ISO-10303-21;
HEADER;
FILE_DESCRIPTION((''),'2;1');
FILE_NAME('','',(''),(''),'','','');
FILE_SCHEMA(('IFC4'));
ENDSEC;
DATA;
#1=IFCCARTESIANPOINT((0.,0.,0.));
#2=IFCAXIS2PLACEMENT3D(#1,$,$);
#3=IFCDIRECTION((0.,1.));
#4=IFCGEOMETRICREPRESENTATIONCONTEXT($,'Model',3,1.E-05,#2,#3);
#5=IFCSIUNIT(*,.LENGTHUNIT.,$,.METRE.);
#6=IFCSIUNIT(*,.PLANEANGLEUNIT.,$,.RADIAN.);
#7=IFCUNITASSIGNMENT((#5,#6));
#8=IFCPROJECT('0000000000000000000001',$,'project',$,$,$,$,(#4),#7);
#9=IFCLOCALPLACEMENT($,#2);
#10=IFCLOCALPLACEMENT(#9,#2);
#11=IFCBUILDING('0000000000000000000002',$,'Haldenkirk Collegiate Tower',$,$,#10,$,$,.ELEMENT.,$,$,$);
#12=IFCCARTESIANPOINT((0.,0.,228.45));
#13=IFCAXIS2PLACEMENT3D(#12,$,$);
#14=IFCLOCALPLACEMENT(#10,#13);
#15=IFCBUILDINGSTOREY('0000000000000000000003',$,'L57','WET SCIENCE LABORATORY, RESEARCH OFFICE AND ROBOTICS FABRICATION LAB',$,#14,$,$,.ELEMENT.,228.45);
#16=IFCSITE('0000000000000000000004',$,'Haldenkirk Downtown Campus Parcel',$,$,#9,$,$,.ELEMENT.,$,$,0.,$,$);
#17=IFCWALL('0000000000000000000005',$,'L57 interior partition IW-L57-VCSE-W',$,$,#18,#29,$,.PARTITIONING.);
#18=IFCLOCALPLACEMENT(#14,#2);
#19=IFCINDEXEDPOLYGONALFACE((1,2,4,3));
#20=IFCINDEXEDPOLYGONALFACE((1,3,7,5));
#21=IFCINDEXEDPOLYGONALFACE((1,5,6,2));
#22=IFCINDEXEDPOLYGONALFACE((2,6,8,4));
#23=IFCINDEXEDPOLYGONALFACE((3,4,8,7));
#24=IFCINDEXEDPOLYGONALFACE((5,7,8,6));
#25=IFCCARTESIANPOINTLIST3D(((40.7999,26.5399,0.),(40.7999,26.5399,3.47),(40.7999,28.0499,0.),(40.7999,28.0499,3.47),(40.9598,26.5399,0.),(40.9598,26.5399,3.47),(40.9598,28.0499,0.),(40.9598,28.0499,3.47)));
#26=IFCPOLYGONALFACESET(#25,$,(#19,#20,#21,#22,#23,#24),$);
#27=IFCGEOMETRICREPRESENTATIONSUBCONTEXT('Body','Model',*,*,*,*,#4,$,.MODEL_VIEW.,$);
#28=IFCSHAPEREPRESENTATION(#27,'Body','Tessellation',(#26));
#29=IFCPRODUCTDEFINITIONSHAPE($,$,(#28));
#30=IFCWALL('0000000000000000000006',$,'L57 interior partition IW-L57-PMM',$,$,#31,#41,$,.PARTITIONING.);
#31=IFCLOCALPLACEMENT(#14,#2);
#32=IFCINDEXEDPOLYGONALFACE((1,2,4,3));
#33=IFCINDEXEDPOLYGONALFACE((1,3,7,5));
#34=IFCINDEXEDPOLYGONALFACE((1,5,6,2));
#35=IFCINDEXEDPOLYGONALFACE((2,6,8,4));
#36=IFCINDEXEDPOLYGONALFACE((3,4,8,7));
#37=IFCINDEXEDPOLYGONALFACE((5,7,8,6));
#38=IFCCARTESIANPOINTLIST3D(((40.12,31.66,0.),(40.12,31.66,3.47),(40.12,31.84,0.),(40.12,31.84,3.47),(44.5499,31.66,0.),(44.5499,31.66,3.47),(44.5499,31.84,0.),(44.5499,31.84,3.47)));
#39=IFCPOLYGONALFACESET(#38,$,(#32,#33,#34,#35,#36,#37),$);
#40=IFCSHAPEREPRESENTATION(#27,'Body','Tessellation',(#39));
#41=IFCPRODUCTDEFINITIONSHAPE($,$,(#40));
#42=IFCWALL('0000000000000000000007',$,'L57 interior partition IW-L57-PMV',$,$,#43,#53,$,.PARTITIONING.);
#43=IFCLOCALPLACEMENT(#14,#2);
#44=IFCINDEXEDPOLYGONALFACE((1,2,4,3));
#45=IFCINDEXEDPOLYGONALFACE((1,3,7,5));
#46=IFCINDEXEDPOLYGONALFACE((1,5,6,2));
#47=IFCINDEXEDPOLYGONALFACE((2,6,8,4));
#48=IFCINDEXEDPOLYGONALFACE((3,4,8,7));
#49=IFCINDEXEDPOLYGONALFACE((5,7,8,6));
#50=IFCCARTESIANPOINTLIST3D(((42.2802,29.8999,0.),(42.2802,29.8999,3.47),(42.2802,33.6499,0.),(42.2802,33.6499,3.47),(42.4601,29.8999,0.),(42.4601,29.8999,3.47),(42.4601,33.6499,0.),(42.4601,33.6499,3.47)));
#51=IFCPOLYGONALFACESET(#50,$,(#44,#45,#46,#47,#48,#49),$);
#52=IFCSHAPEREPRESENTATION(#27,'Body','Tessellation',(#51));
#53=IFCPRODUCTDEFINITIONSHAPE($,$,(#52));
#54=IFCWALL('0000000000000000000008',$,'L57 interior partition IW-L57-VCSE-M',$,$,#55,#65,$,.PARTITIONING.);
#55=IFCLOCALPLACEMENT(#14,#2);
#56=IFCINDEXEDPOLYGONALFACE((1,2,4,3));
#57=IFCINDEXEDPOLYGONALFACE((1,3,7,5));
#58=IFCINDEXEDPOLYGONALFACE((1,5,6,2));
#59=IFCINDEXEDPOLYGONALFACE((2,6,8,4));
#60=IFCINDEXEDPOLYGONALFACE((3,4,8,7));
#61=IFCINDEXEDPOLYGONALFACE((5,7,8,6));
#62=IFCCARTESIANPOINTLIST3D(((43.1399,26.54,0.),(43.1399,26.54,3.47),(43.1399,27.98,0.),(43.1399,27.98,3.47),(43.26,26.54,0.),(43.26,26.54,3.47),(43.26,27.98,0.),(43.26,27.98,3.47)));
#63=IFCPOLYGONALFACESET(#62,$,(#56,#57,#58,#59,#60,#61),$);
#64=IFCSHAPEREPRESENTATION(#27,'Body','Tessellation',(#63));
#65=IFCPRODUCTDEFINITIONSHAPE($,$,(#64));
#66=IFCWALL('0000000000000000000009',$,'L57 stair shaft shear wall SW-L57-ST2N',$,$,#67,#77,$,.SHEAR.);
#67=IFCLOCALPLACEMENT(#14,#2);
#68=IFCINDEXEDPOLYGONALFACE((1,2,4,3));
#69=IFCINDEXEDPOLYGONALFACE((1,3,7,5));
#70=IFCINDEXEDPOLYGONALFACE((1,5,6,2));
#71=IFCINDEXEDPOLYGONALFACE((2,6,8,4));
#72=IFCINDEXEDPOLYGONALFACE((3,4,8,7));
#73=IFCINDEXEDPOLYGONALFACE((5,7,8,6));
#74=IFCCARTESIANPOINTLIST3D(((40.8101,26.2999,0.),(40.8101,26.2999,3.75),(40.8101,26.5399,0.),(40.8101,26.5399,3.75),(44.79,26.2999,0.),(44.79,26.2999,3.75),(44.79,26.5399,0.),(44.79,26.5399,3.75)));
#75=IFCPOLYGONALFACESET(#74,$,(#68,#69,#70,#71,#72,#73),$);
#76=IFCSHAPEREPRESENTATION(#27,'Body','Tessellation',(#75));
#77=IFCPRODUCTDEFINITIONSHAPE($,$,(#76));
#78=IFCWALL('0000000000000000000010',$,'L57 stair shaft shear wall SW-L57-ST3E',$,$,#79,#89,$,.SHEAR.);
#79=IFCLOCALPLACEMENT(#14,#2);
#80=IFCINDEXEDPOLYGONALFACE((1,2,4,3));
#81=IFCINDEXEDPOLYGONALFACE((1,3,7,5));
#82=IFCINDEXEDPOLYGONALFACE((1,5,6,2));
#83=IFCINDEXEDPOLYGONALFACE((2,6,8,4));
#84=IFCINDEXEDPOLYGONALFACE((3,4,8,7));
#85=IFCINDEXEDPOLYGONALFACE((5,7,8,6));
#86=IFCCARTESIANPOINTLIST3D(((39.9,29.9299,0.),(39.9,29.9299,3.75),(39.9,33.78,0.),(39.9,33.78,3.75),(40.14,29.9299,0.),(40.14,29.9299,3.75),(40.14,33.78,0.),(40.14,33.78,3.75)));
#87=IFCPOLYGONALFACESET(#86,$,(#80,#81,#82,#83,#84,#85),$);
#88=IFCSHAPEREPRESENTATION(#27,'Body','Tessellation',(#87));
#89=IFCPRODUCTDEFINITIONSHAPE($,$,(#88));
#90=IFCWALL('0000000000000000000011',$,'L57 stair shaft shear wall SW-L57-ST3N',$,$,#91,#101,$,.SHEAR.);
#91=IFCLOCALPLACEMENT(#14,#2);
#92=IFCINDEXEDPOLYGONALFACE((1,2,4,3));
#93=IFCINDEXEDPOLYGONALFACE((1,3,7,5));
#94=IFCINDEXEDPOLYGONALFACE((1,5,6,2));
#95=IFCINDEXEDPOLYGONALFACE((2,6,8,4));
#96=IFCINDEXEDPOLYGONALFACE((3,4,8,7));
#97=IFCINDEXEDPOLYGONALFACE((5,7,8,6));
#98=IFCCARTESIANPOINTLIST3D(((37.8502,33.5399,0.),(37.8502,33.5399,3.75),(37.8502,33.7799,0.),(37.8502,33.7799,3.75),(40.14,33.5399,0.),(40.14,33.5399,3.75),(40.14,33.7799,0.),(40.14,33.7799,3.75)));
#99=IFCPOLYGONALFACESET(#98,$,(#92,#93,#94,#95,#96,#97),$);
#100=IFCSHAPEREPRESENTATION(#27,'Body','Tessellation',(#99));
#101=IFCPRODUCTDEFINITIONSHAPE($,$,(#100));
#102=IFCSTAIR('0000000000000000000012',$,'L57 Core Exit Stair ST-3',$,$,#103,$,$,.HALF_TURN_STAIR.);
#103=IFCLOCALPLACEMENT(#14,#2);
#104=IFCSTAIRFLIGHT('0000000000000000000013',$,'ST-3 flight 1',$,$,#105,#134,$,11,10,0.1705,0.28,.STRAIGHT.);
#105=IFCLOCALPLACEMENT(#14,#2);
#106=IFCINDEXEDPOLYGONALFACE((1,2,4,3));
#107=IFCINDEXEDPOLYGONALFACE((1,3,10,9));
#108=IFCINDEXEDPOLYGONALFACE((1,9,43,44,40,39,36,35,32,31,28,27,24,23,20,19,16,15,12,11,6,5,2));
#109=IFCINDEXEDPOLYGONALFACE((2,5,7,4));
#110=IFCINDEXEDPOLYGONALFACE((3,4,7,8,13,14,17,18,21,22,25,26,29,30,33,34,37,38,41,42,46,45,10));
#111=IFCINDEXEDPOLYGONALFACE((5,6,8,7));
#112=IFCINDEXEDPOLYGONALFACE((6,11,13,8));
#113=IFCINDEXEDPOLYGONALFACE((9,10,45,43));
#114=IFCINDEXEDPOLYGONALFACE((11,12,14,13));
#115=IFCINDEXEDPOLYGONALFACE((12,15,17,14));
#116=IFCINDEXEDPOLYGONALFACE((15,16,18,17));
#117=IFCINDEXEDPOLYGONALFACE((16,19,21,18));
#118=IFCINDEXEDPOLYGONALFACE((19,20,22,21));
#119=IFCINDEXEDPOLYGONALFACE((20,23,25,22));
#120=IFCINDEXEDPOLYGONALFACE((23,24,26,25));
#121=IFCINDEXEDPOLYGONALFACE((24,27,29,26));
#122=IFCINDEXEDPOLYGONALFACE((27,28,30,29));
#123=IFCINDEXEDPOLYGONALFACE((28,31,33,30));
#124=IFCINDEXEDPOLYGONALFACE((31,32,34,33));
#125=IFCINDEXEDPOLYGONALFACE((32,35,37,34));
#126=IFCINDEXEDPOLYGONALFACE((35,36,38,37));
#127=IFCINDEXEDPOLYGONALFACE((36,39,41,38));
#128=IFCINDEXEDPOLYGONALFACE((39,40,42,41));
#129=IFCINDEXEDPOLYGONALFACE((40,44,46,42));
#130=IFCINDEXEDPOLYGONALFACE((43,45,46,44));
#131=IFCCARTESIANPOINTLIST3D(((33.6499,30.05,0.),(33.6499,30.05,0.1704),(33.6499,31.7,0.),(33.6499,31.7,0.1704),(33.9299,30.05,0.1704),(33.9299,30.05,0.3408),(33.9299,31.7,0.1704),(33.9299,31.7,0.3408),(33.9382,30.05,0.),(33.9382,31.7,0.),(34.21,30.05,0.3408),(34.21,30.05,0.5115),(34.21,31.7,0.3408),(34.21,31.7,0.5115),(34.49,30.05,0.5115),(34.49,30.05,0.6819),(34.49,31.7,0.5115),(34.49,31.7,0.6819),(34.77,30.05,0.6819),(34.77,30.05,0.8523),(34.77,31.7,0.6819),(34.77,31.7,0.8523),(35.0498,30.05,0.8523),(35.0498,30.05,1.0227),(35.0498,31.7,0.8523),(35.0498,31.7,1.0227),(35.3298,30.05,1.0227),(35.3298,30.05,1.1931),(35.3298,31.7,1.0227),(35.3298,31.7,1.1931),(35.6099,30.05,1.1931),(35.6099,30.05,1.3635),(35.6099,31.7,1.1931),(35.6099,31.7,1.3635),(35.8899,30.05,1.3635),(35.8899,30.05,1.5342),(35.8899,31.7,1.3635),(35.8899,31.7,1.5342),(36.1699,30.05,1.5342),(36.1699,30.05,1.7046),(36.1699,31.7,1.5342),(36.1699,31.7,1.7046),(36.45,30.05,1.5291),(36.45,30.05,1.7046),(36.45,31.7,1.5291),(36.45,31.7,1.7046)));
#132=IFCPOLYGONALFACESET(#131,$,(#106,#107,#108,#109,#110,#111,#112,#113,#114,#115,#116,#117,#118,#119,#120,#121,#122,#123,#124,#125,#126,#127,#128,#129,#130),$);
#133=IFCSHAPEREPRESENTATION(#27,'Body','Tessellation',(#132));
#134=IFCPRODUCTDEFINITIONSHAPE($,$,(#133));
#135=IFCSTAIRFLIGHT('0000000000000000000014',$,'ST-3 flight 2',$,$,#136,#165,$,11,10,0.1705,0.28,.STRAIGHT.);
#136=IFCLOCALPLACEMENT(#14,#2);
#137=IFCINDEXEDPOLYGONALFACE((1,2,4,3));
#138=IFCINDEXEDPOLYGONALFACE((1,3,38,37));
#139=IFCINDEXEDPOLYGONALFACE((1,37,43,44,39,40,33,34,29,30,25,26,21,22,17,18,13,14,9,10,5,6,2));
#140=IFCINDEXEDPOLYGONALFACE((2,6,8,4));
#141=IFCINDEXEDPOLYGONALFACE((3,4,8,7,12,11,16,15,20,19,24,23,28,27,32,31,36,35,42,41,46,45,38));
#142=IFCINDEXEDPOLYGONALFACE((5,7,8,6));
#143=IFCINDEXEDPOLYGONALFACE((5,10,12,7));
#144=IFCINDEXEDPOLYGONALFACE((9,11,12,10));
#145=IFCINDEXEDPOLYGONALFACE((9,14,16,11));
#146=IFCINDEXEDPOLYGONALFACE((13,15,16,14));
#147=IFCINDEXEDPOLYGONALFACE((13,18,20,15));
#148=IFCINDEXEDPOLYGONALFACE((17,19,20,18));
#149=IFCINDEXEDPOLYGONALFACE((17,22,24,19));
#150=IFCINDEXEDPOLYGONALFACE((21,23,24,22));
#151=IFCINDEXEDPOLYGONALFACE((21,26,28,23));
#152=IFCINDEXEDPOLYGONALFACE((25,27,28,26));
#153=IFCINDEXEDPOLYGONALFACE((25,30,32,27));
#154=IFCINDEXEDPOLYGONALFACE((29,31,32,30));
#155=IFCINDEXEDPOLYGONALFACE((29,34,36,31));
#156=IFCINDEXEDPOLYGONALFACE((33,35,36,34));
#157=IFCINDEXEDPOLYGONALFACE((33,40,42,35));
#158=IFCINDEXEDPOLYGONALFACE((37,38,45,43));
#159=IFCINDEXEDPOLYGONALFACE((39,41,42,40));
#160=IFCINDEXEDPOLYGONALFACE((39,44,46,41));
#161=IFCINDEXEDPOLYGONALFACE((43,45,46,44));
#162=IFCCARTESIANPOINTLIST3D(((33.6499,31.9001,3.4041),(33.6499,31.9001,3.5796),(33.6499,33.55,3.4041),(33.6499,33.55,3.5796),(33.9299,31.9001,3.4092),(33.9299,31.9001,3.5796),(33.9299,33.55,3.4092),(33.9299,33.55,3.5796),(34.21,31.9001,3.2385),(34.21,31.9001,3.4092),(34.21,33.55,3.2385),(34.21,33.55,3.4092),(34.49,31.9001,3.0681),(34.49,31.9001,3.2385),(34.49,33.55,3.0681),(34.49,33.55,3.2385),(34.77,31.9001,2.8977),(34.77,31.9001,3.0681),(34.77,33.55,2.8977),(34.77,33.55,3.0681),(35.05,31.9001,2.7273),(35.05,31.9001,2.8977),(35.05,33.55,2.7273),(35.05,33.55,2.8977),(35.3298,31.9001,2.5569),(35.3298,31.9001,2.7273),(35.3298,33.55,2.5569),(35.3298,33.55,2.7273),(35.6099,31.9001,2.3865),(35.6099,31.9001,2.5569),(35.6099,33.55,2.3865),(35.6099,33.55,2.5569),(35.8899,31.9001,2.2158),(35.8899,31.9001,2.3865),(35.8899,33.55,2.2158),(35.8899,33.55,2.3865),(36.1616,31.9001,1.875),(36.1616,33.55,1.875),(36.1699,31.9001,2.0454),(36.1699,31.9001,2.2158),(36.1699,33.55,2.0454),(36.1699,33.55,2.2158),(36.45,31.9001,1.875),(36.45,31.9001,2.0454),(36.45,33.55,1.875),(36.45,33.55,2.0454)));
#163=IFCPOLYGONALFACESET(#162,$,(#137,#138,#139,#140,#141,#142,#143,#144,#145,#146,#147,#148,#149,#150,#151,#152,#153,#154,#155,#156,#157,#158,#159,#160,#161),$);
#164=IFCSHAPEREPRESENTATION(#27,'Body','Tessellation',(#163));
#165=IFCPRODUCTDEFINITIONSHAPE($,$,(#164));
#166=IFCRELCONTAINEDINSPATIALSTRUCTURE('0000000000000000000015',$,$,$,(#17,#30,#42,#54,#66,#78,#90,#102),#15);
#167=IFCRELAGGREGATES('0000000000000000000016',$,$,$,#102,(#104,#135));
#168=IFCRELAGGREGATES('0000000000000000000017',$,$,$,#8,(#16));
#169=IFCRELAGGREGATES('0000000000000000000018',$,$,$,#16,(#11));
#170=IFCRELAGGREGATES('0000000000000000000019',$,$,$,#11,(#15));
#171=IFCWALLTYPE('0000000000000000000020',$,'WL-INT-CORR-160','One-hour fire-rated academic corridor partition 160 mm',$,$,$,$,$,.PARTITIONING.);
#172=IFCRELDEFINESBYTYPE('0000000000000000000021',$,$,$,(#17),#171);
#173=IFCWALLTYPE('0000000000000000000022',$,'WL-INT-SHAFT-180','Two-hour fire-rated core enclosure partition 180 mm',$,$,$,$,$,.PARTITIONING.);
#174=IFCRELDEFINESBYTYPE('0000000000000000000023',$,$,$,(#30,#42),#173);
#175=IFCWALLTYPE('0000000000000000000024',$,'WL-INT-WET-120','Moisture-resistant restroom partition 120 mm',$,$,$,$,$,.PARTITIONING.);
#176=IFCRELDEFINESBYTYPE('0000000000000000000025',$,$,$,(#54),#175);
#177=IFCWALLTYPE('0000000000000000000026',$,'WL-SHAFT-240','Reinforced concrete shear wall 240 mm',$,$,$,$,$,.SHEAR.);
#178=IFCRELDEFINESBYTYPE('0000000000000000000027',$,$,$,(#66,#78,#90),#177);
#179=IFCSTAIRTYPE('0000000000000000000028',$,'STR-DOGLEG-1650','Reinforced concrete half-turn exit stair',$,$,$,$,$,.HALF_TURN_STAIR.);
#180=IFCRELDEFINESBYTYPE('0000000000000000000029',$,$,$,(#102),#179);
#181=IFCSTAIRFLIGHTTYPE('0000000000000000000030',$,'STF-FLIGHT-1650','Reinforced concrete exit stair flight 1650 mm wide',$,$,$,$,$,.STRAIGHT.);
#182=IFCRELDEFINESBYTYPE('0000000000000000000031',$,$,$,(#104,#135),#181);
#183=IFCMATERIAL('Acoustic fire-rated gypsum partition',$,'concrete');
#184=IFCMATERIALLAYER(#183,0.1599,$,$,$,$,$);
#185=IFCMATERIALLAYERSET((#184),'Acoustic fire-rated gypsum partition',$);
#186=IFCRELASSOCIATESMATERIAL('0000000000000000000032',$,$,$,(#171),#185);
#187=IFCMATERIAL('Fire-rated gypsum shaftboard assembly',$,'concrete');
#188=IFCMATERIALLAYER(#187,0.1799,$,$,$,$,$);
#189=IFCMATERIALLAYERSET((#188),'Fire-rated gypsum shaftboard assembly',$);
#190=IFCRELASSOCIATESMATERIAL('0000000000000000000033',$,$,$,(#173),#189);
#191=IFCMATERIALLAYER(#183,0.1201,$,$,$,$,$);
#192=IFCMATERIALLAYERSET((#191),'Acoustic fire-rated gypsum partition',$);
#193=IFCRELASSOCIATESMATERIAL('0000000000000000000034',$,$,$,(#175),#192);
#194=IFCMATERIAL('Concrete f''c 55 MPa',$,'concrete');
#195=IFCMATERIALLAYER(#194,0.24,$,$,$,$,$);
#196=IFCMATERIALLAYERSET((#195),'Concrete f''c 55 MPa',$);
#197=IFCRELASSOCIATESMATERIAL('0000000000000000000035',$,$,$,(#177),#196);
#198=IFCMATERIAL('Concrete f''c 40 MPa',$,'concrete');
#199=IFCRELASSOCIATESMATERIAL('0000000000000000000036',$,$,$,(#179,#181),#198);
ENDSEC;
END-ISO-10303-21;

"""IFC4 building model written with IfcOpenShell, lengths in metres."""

from ifc_helpers import new_model, si_unit, direction, frame, frame_2d, origin, place, context, subcontext, project, spatial, polyline, rectangle, outline, extrude, material, layer, layer_set, type_object, element, aggregate, save


model = new_model("IFC4")

# Units and contexts
model_context = context("Model", 3, precision=1e-05, world=origin(), true_north=direction((0.0, 1.0)))
body_context = subcontext(model_context, "Body", "Model", "MODEL_VIEW")
ifc_project = project(units=[si_unit("LENGTHUNIT", "METRE"), si_unit("PLANEANGLEUNIT", "RADIAN")], contexts=[model_context])

# Site, building, storey
site_placement = place(None, origin())
site = spatial("IfcSite", under=ifc_project, at=site_placement, Name="Haldenkirk Downtown Campus Parcel", CompositionType="ELEMENT", RefElevation=0.0)
building_placement = place(site_placement, origin())
building = spatial("IfcBuilding", under=site, at=building_placement, Name="Haldenkirk Collegiate Tower", CompositionType="ELEMENT")
storey_placement = place(building_placement, frame((0.0, 0.0, 228.45)))
storey = spatial("IfcBuildingStorey", under=building, at=storey_placement, Name="L57", Description="WET SCIENCE LABORATORY, RESEARCH OFFICE AND ROBOTICS FABRICATION LAB", CompositionType="ELEMENT", Elevation=228.45)

# Shared definitions
ifc_material_1 = material(Name="Acoustic fire-rated gypsum partition", Category="concrete")
ifc_layer_1 = layer(ifc_material_1, 0.1599)
ifc_layer_set_1 = layer_set([ifc_layer_1], Name="Acoustic fire-rated gypsum partition")
wall_type_1 = type_object("IfcWallType", Name="WL-INT-CORR-160", Description="One-hour fire-rated academic corridor partition 160 mm", PredefinedType="PARTITIONING", material=ifc_layer_set_1)

# Wall
wall_1_placement = place(storey_placement, frame((40.8799, 26.54, 0.0), z_axis=(0.0, 0.0, 1.0), x_axis=(0.0, 1.0, 0.0)))
element("IfcWall", 1, at=wall_1_placement, inside=storey, type_object=wall_type_1, Name="L57 interior partition IW-L57-VCSE-W", PredefinedType="PARTITIONING", context=body_context, shape_type="SweptSolid", body=[
    extrude(rectangle(XDim=1.51, YDim=0.1599, at=frame_2d((0.7549, 0.0))), origin(), (0.0, 0.0, 1.0), 3.47),
])

# Shared definitions
ifc_material_2 = material(Name="Fire-rated gypsum shaftboard assembly", Category="concrete")
ifc_layer_2 = layer(ifc_material_2, 0.1799)
ifc_layer_set_2 = layer_set([ifc_layer_2], Name="Fire-rated gypsum shaftboard assembly")
wall_type_2 = type_object("IfcWallType", Name="WL-INT-SHAFT-180", Description="Two-hour fire-rated core enclosure partition 180 mm", PredefinedType="PARTITIONING", material=ifc_layer_set_2)

# Walls
wall_2_placement = place(storey_placement, frame((40.1201, 31.75, 0.0), z_axis=(0.0, 0.0, 1.0), x_axis=(1.0, 0.0, 0.0)))
element("IfcWall", 2, at=wall_2_placement, inside=storey, type_object=wall_type_2, Name="L57 interior partition IW-L57-PMM", PredefinedType="PARTITIONING", context=body_context, shape_type="SweptSolid", body=[
    extrude(rectangle(XDim=4.4299, YDim=0.1799, at=frame_2d((2.2148, 0.0))), origin(), (0.0, 0.0, 1.0), 3.47),
])
wall_3_placement = place(storey_placement, frame((42.3701, 29.8999, 0.0), z_axis=(0.0, 0.0, 1.0), x_axis=(0.0, 1.0, 0.0)))
element("IfcWall", 3, at=wall_3_placement, inside=storey, type_object=wall_type_2, Name="L57 interior partition IW-L57-PMV", PredefinedType="PARTITIONING", context=body_context, shape_type="SweptSolid", body=[
    extrude(rectangle(XDim=3.75, YDim=0.1799, at=frame_2d((1.875, 0.0))), origin(), (0.0, 0.0, 1.0), 3.47),
])
ifc_layer_3 = layer(ifc_material_1, 0.1201)
ifc_layer_set_3 = layer_set([ifc_layer_3], Name="Acoustic fire-rated gypsum partition")
wall_type_3 = type_object("IfcWallType", Name="WL-INT-WET-120", Description="Moisture-resistant restroom partition 120 mm", PredefinedType="PARTITIONING", material=ifc_layer_set_3)
wall_4_placement = place(storey_placement, frame((43.2, 26.54, 0.0), z_axis=(0.0, 0.0, 1.0), x_axis=(0.0, 1.0, 0.0)))
element("IfcWall", 4, at=wall_4_placement, inside=storey, type_object=wall_type_3, Name="L57 interior partition IW-L57-VCSE-M", PredefinedType="PARTITIONING", context=body_context, shape_type="SweptSolid", body=[
    extrude(rectangle(XDim=1.4399, YDim=0.1201, at=frame_2d((0.72, 0.0))), origin(), (0.0, 0.0, 1.0), 3.47),
])
ifc_material_3 = material(Name="Concrete f'c 55 MPa", Category="concrete")
ifc_layer_4 = layer(ifc_material_3, 0.24)
ifc_layer_set_4 = layer_set([ifc_layer_4], Name="Concrete f'c 55 MPa")
wall_type_4 = type_object("IfcWallType", Name="WL-SHAFT-240", Description="Reinforced concrete shear wall 240 mm", PredefinedType="SHEAR", material=ifc_layer_set_4)
wall_5_placement = place(storey_placement, frame((40.8101, 26.4199, 0.0), z_axis=(0.0, 0.0, 1.0), x_axis=(1.0, 0.0, 0.0)))
element("IfcWall", 5, at=wall_5_placement, inside=storey, type_object=wall_type_4, Name="L57 stair shaft shear wall SW-L57-ST2N", PredefinedType="SHEAR", context=body_context, shape_type="SweptSolid", body=[
    extrude(rectangle(XDim=3.98, YDim=0.24, at=frame_2d((1.99, 0.0))), origin(), (0.0, 0.0, 1.0), 3.75),
])
wall_6_placement = place(storey_placement, frame((40.02, 29.9299, 0.0), z_axis=(0.0, 0.0, 1.0), x_axis=(0.0, 1.0, 0.0)))
element("IfcWall", 6, at=wall_6_placement, inside=storey, type_object=wall_type_4, Name="L57 stair shaft shear wall SW-L57-ST3E", PredefinedType="SHEAR", context=body_context, shape_type="SweptSolid", body=[
    extrude(rectangle(XDim=3.8501, YDim=0.24, at=frame_2d((1.925, 0.0))), origin(), (0.0, 0.0, 1.0), 3.75),
])
wall_7_placement = place(storey_placement, frame((37.8501, 33.6599, 0.0), z_axis=(0.0, 0.0, 1.0), x_axis=(1.0, 0.0, 0.0)))
element("IfcWall", 7, at=wall_7_placement, inside=storey, type_object=wall_type_4, Name="L57 stair shaft shear wall SW-L57-ST3N", PredefinedType="SHEAR", context=body_context, shape_type="SweptSolid", body=[
    extrude(rectangle(XDim=2.2898, YDim=0.24, at=frame_2d((1.145, 0.0))), origin(), (0.0, 0.0, 1.0), 3.75),
])

# Stair, stair flights
ifc_material_4 = material(Name="Concrete f'c 40 MPa", Category="concrete")
stair_type = type_object("IfcStairType", Name="STR-DOGLEG-1650", Description="Reinforced concrete half-turn exit stair", PredefinedType="HALF_TURN_STAIR", material=ifc_material_4)
stair_placement = place(storey_placement, origin())
stair = element("IfcStair", 8, at=stair_placement, inside=storey, type_object=stair_type, Name="L57 Core Exit Stair ST-3", PredefinedType="HALF_TURN_STAIR")
stair_flight_type = type_object("IfcStairFlightType", Name="STF-FLIGHT-1650", Description="Reinforced concrete exit stair flight 1650 mm wide", PredefinedType="STRAIGHT", material=ifc_material_4)
stair_flight_1_placement = place(storey_placement, frame((33.6499, 30.875, 0.0), z_axis=(0.0, 0.0, 1.0), x_axis=(1.0, 0.0, 0.0)))
stair_flight_1 = element("IfcStairFlight", 9, at=stair_flight_1_placement, type_object=stair_flight_type, Name="ST-3 flight 1", NumberOfRisers=11, NumberOfTreads=10, PredefinedType="STRAIGHT", RiserHeight=0.1705, TreadLength=0.28, context=body_context, shape_type="SweptSolid", body=[
    extrude(outline(polyline([(0.0, 0.0), (0.0, 0.1704), (0.28, 0.1704), (0.28, 0.3408), (0.5601, 0.3408), (0.5601, 0.5115), (0.8401, 0.5115), (0.8401, 0.6819), (1.1201, 0.6819), (1.1201, 0.8523), (1.3999, 0.8523), (1.3999, 1.0227), (1.6799, 1.0227), (1.6799, 1.1931), (1.96, 1.1931), (1.96, 1.3635), (2.24, 1.3635), (2.24, 1.5342), (2.52, 1.5342), (2.52, 1.7046), (2.8, 1.7046), (2.8, 1.875), (2.8, 1.5291), (0.2883, 0.0), (0.0, 0.0)])), frame((0.0, 0.825, 0.0), z_axis=(0.0, -1.0, 0.0), x_axis=(1.0, 0.0, 0.0)), (0.0, 0.0, 1.0), 1.6499),
])
stair_flight_2_placement = place(storey_placement, frame((36.45, 32.7251, 1.875), z_axis=(0.0, 0.0, 1.0), x_axis=(-1.0, 0.0, 0.0)))
stair_flight_2 = element("IfcStairFlight", 10, at=stair_flight_2_placement, type_object=stair_flight_type, Name="ST-3 flight 2", NumberOfRisers=11, NumberOfTreads=10, PredefinedType="STRAIGHT", RiserHeight=0.1705, TreadLength=0.28, context=body_context, shape_type="SweptSolid", body=[
    extrude(outline(polyline([(0.0, 0.0), (0.0, 0.1704), (0.28, 0.1704), (0.28, 0.3408), (0.5601, 0.3408), (0.5601, 0.5115), (0.8401, 0.5115), (0.8401, 0.6819), (1.1201, 0.6819), (1.1201, 0.8523), (1.3999, 0.8523), (1.3999, 1.0227), (1.6799, 1.0227), (1.6799, 1.1931), (1.96, 1.1931), (1.96, 1.3635), (2.24, 1.3635), (2.24, 1.5342), (2.52, 1.5342), (2.52, 1.7046), (2.8, 1.7046), (2.8, 1.875), (2.8, 1.5291), (0.2883, 0.0), (0.0, 0.0)])), frame((0.0, 0.825, 0.0), z_axis=(0.0, -1.0, 0.0), x_axis=(1.0, 0.0, 0.0)), (0.0, 0.0, 1.0), 1.6499),
])
aggregate(stair, [stair_flight_1, stair_flight_2])

save(model, "model.ifc")
